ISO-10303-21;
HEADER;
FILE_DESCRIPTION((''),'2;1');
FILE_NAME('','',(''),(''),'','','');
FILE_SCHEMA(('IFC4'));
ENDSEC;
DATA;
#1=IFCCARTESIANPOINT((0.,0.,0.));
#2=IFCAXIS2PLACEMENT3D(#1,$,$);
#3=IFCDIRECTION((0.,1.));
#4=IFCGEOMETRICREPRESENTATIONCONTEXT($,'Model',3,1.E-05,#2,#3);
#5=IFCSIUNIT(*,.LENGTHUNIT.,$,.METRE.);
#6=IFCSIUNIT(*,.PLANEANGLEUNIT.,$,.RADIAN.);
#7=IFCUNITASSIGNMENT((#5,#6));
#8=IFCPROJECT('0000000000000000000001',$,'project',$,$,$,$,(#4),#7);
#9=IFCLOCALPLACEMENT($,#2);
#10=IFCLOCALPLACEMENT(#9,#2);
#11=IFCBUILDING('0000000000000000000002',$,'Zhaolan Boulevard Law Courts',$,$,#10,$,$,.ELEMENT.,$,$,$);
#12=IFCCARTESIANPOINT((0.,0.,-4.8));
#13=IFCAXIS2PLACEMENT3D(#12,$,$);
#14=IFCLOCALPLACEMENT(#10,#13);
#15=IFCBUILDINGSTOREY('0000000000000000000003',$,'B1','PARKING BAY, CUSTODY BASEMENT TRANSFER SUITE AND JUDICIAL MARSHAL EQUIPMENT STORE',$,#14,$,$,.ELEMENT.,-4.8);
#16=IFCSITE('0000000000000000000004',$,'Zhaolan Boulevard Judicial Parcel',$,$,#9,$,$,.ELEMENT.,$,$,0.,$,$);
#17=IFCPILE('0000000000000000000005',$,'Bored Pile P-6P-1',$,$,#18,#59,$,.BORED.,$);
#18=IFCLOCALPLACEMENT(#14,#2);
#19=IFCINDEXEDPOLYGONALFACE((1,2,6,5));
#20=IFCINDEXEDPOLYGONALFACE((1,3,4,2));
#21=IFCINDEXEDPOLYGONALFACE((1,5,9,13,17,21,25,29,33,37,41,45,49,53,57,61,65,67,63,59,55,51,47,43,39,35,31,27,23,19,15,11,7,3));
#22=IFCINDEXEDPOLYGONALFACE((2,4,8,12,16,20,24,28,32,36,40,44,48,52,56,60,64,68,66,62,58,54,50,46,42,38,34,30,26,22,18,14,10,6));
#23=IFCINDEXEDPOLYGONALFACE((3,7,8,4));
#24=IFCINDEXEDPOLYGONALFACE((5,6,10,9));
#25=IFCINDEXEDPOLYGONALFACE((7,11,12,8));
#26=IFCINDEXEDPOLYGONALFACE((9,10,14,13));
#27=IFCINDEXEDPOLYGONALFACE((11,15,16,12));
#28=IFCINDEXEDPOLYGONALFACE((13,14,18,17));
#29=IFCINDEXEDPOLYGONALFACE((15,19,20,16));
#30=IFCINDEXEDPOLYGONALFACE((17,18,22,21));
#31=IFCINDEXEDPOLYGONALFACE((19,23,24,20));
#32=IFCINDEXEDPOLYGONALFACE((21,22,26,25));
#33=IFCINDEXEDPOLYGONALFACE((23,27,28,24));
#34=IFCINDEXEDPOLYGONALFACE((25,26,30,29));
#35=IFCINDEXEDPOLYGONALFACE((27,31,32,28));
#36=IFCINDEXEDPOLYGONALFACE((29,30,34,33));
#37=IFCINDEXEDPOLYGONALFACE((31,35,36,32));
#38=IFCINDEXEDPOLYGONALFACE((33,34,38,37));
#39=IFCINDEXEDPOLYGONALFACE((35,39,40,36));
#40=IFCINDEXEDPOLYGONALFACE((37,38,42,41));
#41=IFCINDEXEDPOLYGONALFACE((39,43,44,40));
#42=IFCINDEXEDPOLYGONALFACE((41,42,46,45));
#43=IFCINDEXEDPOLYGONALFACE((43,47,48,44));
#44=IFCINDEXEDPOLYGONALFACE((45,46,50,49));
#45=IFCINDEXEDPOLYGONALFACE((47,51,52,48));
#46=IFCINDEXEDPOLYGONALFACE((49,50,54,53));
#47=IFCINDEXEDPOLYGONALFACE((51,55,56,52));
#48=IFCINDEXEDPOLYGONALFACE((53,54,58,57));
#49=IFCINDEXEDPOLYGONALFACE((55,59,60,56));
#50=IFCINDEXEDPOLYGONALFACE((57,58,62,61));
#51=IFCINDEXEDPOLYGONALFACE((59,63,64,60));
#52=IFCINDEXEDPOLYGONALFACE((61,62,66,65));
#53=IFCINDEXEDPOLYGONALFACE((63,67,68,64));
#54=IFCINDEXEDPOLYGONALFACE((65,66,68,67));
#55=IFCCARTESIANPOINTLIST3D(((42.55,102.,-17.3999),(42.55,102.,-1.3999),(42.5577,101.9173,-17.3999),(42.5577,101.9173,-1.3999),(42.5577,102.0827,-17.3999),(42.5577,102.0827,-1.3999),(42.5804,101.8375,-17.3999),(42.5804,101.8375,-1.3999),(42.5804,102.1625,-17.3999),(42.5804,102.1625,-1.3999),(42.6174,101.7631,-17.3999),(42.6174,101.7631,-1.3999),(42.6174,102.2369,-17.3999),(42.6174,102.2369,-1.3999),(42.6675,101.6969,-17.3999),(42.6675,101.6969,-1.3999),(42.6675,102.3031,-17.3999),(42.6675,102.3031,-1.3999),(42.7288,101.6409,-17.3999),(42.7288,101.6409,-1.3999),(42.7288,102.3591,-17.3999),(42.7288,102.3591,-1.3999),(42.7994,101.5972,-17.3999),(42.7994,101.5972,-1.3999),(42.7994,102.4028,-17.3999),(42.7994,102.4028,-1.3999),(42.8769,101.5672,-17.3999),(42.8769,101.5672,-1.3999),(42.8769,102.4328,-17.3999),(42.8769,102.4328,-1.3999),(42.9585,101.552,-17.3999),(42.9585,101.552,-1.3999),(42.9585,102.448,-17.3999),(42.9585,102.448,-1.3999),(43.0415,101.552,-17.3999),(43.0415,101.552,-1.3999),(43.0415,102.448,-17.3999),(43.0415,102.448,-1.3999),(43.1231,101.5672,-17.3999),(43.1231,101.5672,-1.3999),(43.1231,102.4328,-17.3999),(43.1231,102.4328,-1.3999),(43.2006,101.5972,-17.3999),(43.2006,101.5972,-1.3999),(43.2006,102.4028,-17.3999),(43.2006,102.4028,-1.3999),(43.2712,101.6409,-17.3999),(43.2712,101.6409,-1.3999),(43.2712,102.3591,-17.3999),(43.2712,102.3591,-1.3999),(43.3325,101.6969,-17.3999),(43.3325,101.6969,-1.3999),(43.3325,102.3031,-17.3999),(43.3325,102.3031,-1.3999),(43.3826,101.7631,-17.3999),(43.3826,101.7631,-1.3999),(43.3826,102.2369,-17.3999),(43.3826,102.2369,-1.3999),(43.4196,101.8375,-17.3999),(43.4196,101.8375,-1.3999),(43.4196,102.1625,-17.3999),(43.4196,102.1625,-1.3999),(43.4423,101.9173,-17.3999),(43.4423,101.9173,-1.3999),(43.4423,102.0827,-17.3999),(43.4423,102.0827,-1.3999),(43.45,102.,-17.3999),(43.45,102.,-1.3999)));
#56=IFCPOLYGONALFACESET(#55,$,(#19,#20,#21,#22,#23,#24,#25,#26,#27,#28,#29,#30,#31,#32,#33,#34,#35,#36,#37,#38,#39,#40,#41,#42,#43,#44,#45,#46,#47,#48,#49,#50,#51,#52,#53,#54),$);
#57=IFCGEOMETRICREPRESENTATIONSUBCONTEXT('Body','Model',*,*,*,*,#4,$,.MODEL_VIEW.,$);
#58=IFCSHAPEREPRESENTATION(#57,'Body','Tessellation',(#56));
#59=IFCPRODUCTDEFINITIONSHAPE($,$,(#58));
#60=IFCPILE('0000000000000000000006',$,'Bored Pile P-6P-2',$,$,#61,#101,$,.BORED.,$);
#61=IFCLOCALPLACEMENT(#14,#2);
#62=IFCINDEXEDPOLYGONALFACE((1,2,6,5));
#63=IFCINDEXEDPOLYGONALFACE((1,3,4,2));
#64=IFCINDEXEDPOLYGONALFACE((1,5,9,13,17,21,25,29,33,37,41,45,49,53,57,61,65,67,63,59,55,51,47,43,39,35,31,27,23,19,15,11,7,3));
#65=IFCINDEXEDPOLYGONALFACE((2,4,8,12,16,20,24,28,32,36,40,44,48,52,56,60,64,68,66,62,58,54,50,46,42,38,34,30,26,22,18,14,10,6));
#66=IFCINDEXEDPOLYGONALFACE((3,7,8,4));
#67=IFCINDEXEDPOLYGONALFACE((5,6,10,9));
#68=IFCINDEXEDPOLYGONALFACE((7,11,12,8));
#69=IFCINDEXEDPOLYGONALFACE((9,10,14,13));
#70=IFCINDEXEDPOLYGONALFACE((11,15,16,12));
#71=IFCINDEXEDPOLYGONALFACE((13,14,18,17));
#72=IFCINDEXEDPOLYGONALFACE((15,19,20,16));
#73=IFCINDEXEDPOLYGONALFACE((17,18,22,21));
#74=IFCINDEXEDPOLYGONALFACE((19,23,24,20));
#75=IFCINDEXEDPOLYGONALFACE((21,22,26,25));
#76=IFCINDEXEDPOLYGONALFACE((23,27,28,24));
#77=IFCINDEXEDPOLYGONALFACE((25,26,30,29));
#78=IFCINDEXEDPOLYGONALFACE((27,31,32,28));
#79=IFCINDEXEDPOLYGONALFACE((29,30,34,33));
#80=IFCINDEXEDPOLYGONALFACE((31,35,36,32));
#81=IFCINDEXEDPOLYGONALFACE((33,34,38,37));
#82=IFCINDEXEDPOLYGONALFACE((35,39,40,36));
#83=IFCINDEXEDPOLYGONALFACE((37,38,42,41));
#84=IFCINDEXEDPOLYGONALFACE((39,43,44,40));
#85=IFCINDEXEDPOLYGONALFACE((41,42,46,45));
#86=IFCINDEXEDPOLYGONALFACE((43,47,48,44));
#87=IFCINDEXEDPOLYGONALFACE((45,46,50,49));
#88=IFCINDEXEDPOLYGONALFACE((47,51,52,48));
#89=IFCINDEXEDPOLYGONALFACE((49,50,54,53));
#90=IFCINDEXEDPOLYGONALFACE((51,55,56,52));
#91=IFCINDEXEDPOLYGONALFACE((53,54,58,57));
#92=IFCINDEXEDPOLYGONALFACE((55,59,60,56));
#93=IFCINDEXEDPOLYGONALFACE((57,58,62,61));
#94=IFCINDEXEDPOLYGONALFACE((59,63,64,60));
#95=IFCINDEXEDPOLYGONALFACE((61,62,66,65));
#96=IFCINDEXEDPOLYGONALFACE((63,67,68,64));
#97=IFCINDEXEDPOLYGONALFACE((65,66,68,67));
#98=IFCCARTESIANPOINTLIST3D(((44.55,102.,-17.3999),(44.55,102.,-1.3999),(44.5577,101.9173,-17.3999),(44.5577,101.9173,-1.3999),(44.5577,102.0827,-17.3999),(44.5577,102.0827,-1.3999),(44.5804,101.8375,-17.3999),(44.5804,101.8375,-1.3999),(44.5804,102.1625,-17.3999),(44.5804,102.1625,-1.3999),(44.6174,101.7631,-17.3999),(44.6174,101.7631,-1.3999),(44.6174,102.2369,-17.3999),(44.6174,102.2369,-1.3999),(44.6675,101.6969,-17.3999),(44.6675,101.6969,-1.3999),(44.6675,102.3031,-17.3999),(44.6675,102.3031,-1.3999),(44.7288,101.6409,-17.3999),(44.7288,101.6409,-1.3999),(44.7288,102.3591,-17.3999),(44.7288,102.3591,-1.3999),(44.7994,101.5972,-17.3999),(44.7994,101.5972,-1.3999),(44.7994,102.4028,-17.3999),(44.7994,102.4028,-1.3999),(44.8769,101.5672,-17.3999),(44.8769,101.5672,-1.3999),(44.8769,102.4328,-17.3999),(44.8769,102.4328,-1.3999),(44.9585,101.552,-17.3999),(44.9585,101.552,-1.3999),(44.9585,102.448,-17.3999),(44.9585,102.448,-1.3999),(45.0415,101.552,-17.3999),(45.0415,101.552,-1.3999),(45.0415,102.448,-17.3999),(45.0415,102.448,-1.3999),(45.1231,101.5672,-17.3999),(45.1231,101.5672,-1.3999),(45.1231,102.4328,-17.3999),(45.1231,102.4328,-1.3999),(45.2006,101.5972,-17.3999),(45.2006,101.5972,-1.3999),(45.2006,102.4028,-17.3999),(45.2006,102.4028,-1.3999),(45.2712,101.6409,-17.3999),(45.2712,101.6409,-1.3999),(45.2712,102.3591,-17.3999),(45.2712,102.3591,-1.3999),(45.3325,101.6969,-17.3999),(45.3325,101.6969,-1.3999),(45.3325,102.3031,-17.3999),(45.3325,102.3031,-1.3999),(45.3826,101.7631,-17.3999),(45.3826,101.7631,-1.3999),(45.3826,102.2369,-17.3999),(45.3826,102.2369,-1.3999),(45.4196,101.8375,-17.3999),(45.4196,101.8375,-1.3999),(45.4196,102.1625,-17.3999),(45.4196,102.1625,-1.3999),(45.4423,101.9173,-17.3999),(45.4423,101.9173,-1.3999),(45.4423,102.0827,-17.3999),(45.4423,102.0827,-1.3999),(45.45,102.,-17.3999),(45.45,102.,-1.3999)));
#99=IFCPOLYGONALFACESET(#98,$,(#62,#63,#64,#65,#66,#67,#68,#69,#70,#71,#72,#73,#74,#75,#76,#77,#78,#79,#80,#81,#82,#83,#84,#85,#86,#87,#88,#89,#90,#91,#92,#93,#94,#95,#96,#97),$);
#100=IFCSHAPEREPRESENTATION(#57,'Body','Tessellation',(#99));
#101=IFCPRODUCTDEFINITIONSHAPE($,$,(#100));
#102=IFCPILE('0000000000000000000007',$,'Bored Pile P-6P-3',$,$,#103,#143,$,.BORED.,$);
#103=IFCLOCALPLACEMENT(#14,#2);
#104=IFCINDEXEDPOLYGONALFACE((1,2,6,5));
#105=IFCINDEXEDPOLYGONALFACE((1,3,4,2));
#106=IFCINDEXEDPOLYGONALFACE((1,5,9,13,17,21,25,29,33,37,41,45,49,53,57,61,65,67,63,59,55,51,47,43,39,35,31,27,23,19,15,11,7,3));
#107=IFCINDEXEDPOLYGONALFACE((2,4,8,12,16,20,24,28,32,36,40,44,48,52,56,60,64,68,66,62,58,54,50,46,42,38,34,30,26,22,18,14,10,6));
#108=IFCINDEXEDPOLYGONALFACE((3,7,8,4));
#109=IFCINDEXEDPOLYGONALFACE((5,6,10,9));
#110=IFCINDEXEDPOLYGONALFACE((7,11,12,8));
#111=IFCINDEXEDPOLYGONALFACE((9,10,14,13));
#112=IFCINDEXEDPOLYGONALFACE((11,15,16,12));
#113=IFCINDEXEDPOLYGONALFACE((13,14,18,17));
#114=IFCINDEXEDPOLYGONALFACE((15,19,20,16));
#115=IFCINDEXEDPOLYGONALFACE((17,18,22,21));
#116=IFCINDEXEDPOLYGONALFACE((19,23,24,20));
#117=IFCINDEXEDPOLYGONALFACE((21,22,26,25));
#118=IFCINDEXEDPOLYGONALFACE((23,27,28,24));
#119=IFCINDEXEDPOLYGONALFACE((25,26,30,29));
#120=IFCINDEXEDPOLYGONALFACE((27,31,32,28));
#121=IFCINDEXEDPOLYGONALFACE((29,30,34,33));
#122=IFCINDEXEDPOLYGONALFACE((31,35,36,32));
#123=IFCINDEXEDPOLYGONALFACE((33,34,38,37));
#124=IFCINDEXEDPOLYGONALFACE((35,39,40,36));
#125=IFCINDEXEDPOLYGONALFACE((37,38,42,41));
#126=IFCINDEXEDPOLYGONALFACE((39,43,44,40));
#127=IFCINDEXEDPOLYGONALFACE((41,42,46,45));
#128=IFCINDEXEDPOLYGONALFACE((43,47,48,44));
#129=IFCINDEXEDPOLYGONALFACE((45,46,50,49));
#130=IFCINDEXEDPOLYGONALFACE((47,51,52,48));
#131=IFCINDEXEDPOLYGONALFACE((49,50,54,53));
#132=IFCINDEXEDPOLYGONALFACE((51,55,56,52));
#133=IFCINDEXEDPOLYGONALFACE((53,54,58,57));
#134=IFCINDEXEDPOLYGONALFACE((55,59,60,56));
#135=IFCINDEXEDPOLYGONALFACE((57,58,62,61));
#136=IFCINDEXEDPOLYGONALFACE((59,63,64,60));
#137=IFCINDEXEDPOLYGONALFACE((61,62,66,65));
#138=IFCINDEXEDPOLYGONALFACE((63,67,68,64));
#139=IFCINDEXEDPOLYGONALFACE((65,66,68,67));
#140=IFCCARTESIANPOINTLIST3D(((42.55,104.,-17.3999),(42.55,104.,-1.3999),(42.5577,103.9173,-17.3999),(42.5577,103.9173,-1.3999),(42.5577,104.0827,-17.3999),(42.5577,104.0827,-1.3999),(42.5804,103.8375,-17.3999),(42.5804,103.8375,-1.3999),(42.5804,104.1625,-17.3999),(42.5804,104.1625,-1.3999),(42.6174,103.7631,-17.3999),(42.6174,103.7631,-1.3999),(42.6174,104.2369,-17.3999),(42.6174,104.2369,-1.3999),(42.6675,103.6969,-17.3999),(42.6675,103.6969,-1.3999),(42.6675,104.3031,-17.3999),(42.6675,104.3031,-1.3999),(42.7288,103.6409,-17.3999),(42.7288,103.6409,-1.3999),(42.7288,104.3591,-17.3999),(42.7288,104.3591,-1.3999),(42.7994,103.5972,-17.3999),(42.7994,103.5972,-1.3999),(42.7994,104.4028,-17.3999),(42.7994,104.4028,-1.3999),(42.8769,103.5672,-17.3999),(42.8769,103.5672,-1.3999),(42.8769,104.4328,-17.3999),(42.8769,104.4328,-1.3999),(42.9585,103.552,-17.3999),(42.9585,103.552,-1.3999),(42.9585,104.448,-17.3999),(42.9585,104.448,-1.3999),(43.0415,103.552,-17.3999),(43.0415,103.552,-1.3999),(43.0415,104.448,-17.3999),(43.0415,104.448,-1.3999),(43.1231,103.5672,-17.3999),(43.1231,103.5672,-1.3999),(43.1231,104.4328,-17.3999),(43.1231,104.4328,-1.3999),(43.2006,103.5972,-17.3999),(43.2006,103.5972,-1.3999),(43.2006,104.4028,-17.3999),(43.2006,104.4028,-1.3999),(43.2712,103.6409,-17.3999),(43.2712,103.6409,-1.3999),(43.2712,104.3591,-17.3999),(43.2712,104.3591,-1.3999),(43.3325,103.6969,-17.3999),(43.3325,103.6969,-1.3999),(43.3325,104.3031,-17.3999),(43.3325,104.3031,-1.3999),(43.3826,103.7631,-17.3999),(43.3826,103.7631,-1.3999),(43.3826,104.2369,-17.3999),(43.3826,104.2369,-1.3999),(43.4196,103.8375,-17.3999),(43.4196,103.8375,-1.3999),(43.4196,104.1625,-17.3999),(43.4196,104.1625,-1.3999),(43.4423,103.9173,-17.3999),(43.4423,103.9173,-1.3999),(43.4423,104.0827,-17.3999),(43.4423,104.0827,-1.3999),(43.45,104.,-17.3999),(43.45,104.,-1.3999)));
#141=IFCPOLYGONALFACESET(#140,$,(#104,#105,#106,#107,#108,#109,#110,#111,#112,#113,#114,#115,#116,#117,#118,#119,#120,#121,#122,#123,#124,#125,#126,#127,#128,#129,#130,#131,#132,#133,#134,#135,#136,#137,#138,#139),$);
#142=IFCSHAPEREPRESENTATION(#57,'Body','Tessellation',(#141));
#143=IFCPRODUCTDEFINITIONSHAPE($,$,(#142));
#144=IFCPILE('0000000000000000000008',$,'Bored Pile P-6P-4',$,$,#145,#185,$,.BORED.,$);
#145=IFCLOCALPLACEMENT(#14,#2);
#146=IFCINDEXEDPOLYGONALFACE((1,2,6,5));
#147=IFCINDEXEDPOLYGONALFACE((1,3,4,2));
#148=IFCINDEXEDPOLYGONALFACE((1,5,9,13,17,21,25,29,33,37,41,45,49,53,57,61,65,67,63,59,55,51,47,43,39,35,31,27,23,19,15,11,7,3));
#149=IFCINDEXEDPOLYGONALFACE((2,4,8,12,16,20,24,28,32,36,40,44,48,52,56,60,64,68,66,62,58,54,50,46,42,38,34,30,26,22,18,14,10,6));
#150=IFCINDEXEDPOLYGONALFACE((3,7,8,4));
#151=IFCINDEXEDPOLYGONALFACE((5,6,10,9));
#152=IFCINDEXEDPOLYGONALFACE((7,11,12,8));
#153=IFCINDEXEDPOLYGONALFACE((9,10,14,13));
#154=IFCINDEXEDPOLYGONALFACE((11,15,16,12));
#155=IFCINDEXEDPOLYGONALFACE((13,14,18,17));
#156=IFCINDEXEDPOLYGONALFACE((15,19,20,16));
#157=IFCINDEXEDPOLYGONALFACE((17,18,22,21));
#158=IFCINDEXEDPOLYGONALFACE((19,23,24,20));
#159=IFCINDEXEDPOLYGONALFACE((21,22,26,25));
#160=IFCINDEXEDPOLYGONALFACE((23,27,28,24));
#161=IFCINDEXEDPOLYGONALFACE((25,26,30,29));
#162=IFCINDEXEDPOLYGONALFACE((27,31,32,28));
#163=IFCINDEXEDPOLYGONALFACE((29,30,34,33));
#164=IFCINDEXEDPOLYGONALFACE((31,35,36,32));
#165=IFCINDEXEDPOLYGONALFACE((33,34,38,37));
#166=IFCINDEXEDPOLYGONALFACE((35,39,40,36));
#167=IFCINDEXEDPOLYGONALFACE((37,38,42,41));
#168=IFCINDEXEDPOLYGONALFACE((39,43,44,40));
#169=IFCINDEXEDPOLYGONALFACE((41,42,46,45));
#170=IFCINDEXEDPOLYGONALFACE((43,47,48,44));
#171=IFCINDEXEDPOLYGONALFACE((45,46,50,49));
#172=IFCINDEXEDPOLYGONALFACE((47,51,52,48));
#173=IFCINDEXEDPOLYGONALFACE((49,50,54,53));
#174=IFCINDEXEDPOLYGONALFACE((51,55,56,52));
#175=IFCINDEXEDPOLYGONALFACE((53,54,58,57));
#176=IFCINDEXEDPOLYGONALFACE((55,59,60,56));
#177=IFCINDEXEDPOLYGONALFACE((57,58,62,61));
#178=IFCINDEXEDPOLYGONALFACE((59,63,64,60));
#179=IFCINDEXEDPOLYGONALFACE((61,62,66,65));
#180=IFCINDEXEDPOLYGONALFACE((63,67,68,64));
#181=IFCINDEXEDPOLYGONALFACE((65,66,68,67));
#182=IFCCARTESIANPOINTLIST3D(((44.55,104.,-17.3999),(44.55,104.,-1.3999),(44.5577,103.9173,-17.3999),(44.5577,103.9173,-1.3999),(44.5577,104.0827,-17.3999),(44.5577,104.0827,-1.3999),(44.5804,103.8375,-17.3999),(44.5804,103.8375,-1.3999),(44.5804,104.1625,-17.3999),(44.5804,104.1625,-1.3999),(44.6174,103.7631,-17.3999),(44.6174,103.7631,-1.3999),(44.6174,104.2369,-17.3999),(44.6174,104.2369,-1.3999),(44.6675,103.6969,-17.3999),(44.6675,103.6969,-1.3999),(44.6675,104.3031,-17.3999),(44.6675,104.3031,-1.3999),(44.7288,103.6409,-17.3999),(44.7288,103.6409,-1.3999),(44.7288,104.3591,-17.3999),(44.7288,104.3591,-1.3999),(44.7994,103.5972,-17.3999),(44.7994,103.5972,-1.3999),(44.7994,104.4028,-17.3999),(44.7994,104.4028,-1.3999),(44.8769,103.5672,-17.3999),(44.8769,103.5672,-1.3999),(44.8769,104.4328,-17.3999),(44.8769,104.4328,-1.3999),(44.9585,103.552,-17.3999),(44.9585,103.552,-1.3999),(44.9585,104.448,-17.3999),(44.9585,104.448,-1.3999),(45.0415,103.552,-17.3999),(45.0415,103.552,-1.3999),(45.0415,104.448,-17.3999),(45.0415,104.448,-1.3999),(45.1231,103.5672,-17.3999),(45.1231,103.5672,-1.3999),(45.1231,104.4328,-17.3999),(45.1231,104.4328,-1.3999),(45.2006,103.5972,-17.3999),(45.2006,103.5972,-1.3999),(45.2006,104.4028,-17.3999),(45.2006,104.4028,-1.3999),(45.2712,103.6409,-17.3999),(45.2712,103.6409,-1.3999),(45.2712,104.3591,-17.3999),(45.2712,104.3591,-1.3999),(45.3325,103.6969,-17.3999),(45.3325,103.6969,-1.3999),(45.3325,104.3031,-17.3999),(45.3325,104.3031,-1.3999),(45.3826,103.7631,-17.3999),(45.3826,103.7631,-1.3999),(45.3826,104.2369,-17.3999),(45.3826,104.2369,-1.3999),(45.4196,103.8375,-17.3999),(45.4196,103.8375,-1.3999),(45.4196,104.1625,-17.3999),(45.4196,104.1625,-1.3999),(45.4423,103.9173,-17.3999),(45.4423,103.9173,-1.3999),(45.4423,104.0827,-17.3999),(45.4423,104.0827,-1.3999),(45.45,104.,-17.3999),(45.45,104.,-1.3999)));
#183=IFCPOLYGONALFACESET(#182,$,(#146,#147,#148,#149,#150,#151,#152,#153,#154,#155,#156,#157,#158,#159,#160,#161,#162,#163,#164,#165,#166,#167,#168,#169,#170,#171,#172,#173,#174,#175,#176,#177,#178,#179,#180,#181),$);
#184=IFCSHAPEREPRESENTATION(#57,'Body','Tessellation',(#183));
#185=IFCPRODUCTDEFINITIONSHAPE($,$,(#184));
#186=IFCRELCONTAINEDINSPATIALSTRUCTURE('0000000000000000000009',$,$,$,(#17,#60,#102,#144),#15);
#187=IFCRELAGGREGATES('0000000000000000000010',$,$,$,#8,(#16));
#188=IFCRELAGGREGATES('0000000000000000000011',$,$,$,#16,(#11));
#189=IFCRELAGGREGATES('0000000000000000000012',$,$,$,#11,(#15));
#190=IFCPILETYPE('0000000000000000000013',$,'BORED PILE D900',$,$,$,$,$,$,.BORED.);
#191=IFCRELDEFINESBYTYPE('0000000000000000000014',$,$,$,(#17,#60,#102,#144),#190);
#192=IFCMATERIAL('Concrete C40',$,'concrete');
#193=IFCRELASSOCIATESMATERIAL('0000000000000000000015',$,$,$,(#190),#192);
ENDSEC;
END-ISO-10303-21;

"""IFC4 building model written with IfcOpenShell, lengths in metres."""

from ifc_helpers import new_model, si_unit, direction, frame, origin, origin_2d, place, context, subcontext, project, spatial, circle, extrude, material, material_profile, profile_set, type_object, element, save


model = new_model("IFC4")

# Units and contexts
model_context = context("Model", 3, precision=1e-05, world=origin(), true_north=direction((0.0, 1.0)))
body_context = subcontext(model_context, "Body", "Model", "MODEL_VIEW")
ifc_project = project(units=[si_unit("LENGTHUNIT", "METRE"), si_unit("PLANEANGLEUNIT", "RADIAN")], contexts=[model_context])

# Site, building, storey
site_placement = place(None, origin())
site = spatial("IfcSite", under=ifc_project, at=site_placement, Name="Zhaolan Boulevard Judicial Parcel", CompositionType="ELEMENT", RefElevation=0.0)
building_placement = place(site_placement, origin())
building = spatial("IfcBuilding", under=site, at=building_placement, Name="Zhaolan Boulevard Law Courts", CompositionType="ELEMENT")
storey_placement = place(building_placement, frame((0.0, 0.0, -4.8)))
storey = spatial("IfcBuildingStorey", under=building, at=storey_placement, Name="B1", Description="PARKING BAY, CUSTODY BASEMENT TRANSFER SUITE AND JUDICIAL MARSHAL EQUIPMENT STORE", CompositionType="ELEMENT", Elevation=-4.8)

# Piles
ifc_material_1 = material(Name="Concrete C40", Category="concrete")
ifc_material_profile_1 = material_profile(ifc_material_1, circle(Radius=0.45, at=origin_2d()), Name="PILE-D900")
ifc_profile_set_1 = profile_set([ifc_material_profile_1], Name="Concrete C40")
pile_type_1 = type_object("IfcPileType", Name="BORED PILE D900", PredefinedType="BORED", material=ifc_profile_set_1)
for number, where, z_axis, x_axis, name in (
    (1, (43.0, 102.0, -1.3999), (0.0, 0.0, -1.0), (1.0, 0.0, 0.0), "Bored Pile P-6P-1"),
    (2, (45.0, 102.0, -1.3999), (0.0, 0.0, -1.0), (1.0, 0.0, 0.0), "Bored Pile P-6P-2"),
    (3, (43.0, 104.0, -1.3999), (0.0, 0.0, -1.0), (1.0, 0.0, 0.0), "Bored Pile P-6P-3"),
    (4, (45.0, 104.0, -1.3999), (0.0, 0.0, -1.0), (1.0, 0.0, 0.0), "Bored Pile P-6P-4"),
):
    element("IfcPile", number, at=place(storey_placement, frame(where, z_axis=z_axis, x_axis=x_axis)), inside=storey, type_object=pile_type_1, Name=name, PredefinedType="BORED", context=body_context, shape_type="SweptSolid", body=[
        extrude(circle(Radius=0.45, at=origin_2d()), origin(), (0.0, 0.0, 1.0), 16.0),
    ])

save(model, "model.ifc")
